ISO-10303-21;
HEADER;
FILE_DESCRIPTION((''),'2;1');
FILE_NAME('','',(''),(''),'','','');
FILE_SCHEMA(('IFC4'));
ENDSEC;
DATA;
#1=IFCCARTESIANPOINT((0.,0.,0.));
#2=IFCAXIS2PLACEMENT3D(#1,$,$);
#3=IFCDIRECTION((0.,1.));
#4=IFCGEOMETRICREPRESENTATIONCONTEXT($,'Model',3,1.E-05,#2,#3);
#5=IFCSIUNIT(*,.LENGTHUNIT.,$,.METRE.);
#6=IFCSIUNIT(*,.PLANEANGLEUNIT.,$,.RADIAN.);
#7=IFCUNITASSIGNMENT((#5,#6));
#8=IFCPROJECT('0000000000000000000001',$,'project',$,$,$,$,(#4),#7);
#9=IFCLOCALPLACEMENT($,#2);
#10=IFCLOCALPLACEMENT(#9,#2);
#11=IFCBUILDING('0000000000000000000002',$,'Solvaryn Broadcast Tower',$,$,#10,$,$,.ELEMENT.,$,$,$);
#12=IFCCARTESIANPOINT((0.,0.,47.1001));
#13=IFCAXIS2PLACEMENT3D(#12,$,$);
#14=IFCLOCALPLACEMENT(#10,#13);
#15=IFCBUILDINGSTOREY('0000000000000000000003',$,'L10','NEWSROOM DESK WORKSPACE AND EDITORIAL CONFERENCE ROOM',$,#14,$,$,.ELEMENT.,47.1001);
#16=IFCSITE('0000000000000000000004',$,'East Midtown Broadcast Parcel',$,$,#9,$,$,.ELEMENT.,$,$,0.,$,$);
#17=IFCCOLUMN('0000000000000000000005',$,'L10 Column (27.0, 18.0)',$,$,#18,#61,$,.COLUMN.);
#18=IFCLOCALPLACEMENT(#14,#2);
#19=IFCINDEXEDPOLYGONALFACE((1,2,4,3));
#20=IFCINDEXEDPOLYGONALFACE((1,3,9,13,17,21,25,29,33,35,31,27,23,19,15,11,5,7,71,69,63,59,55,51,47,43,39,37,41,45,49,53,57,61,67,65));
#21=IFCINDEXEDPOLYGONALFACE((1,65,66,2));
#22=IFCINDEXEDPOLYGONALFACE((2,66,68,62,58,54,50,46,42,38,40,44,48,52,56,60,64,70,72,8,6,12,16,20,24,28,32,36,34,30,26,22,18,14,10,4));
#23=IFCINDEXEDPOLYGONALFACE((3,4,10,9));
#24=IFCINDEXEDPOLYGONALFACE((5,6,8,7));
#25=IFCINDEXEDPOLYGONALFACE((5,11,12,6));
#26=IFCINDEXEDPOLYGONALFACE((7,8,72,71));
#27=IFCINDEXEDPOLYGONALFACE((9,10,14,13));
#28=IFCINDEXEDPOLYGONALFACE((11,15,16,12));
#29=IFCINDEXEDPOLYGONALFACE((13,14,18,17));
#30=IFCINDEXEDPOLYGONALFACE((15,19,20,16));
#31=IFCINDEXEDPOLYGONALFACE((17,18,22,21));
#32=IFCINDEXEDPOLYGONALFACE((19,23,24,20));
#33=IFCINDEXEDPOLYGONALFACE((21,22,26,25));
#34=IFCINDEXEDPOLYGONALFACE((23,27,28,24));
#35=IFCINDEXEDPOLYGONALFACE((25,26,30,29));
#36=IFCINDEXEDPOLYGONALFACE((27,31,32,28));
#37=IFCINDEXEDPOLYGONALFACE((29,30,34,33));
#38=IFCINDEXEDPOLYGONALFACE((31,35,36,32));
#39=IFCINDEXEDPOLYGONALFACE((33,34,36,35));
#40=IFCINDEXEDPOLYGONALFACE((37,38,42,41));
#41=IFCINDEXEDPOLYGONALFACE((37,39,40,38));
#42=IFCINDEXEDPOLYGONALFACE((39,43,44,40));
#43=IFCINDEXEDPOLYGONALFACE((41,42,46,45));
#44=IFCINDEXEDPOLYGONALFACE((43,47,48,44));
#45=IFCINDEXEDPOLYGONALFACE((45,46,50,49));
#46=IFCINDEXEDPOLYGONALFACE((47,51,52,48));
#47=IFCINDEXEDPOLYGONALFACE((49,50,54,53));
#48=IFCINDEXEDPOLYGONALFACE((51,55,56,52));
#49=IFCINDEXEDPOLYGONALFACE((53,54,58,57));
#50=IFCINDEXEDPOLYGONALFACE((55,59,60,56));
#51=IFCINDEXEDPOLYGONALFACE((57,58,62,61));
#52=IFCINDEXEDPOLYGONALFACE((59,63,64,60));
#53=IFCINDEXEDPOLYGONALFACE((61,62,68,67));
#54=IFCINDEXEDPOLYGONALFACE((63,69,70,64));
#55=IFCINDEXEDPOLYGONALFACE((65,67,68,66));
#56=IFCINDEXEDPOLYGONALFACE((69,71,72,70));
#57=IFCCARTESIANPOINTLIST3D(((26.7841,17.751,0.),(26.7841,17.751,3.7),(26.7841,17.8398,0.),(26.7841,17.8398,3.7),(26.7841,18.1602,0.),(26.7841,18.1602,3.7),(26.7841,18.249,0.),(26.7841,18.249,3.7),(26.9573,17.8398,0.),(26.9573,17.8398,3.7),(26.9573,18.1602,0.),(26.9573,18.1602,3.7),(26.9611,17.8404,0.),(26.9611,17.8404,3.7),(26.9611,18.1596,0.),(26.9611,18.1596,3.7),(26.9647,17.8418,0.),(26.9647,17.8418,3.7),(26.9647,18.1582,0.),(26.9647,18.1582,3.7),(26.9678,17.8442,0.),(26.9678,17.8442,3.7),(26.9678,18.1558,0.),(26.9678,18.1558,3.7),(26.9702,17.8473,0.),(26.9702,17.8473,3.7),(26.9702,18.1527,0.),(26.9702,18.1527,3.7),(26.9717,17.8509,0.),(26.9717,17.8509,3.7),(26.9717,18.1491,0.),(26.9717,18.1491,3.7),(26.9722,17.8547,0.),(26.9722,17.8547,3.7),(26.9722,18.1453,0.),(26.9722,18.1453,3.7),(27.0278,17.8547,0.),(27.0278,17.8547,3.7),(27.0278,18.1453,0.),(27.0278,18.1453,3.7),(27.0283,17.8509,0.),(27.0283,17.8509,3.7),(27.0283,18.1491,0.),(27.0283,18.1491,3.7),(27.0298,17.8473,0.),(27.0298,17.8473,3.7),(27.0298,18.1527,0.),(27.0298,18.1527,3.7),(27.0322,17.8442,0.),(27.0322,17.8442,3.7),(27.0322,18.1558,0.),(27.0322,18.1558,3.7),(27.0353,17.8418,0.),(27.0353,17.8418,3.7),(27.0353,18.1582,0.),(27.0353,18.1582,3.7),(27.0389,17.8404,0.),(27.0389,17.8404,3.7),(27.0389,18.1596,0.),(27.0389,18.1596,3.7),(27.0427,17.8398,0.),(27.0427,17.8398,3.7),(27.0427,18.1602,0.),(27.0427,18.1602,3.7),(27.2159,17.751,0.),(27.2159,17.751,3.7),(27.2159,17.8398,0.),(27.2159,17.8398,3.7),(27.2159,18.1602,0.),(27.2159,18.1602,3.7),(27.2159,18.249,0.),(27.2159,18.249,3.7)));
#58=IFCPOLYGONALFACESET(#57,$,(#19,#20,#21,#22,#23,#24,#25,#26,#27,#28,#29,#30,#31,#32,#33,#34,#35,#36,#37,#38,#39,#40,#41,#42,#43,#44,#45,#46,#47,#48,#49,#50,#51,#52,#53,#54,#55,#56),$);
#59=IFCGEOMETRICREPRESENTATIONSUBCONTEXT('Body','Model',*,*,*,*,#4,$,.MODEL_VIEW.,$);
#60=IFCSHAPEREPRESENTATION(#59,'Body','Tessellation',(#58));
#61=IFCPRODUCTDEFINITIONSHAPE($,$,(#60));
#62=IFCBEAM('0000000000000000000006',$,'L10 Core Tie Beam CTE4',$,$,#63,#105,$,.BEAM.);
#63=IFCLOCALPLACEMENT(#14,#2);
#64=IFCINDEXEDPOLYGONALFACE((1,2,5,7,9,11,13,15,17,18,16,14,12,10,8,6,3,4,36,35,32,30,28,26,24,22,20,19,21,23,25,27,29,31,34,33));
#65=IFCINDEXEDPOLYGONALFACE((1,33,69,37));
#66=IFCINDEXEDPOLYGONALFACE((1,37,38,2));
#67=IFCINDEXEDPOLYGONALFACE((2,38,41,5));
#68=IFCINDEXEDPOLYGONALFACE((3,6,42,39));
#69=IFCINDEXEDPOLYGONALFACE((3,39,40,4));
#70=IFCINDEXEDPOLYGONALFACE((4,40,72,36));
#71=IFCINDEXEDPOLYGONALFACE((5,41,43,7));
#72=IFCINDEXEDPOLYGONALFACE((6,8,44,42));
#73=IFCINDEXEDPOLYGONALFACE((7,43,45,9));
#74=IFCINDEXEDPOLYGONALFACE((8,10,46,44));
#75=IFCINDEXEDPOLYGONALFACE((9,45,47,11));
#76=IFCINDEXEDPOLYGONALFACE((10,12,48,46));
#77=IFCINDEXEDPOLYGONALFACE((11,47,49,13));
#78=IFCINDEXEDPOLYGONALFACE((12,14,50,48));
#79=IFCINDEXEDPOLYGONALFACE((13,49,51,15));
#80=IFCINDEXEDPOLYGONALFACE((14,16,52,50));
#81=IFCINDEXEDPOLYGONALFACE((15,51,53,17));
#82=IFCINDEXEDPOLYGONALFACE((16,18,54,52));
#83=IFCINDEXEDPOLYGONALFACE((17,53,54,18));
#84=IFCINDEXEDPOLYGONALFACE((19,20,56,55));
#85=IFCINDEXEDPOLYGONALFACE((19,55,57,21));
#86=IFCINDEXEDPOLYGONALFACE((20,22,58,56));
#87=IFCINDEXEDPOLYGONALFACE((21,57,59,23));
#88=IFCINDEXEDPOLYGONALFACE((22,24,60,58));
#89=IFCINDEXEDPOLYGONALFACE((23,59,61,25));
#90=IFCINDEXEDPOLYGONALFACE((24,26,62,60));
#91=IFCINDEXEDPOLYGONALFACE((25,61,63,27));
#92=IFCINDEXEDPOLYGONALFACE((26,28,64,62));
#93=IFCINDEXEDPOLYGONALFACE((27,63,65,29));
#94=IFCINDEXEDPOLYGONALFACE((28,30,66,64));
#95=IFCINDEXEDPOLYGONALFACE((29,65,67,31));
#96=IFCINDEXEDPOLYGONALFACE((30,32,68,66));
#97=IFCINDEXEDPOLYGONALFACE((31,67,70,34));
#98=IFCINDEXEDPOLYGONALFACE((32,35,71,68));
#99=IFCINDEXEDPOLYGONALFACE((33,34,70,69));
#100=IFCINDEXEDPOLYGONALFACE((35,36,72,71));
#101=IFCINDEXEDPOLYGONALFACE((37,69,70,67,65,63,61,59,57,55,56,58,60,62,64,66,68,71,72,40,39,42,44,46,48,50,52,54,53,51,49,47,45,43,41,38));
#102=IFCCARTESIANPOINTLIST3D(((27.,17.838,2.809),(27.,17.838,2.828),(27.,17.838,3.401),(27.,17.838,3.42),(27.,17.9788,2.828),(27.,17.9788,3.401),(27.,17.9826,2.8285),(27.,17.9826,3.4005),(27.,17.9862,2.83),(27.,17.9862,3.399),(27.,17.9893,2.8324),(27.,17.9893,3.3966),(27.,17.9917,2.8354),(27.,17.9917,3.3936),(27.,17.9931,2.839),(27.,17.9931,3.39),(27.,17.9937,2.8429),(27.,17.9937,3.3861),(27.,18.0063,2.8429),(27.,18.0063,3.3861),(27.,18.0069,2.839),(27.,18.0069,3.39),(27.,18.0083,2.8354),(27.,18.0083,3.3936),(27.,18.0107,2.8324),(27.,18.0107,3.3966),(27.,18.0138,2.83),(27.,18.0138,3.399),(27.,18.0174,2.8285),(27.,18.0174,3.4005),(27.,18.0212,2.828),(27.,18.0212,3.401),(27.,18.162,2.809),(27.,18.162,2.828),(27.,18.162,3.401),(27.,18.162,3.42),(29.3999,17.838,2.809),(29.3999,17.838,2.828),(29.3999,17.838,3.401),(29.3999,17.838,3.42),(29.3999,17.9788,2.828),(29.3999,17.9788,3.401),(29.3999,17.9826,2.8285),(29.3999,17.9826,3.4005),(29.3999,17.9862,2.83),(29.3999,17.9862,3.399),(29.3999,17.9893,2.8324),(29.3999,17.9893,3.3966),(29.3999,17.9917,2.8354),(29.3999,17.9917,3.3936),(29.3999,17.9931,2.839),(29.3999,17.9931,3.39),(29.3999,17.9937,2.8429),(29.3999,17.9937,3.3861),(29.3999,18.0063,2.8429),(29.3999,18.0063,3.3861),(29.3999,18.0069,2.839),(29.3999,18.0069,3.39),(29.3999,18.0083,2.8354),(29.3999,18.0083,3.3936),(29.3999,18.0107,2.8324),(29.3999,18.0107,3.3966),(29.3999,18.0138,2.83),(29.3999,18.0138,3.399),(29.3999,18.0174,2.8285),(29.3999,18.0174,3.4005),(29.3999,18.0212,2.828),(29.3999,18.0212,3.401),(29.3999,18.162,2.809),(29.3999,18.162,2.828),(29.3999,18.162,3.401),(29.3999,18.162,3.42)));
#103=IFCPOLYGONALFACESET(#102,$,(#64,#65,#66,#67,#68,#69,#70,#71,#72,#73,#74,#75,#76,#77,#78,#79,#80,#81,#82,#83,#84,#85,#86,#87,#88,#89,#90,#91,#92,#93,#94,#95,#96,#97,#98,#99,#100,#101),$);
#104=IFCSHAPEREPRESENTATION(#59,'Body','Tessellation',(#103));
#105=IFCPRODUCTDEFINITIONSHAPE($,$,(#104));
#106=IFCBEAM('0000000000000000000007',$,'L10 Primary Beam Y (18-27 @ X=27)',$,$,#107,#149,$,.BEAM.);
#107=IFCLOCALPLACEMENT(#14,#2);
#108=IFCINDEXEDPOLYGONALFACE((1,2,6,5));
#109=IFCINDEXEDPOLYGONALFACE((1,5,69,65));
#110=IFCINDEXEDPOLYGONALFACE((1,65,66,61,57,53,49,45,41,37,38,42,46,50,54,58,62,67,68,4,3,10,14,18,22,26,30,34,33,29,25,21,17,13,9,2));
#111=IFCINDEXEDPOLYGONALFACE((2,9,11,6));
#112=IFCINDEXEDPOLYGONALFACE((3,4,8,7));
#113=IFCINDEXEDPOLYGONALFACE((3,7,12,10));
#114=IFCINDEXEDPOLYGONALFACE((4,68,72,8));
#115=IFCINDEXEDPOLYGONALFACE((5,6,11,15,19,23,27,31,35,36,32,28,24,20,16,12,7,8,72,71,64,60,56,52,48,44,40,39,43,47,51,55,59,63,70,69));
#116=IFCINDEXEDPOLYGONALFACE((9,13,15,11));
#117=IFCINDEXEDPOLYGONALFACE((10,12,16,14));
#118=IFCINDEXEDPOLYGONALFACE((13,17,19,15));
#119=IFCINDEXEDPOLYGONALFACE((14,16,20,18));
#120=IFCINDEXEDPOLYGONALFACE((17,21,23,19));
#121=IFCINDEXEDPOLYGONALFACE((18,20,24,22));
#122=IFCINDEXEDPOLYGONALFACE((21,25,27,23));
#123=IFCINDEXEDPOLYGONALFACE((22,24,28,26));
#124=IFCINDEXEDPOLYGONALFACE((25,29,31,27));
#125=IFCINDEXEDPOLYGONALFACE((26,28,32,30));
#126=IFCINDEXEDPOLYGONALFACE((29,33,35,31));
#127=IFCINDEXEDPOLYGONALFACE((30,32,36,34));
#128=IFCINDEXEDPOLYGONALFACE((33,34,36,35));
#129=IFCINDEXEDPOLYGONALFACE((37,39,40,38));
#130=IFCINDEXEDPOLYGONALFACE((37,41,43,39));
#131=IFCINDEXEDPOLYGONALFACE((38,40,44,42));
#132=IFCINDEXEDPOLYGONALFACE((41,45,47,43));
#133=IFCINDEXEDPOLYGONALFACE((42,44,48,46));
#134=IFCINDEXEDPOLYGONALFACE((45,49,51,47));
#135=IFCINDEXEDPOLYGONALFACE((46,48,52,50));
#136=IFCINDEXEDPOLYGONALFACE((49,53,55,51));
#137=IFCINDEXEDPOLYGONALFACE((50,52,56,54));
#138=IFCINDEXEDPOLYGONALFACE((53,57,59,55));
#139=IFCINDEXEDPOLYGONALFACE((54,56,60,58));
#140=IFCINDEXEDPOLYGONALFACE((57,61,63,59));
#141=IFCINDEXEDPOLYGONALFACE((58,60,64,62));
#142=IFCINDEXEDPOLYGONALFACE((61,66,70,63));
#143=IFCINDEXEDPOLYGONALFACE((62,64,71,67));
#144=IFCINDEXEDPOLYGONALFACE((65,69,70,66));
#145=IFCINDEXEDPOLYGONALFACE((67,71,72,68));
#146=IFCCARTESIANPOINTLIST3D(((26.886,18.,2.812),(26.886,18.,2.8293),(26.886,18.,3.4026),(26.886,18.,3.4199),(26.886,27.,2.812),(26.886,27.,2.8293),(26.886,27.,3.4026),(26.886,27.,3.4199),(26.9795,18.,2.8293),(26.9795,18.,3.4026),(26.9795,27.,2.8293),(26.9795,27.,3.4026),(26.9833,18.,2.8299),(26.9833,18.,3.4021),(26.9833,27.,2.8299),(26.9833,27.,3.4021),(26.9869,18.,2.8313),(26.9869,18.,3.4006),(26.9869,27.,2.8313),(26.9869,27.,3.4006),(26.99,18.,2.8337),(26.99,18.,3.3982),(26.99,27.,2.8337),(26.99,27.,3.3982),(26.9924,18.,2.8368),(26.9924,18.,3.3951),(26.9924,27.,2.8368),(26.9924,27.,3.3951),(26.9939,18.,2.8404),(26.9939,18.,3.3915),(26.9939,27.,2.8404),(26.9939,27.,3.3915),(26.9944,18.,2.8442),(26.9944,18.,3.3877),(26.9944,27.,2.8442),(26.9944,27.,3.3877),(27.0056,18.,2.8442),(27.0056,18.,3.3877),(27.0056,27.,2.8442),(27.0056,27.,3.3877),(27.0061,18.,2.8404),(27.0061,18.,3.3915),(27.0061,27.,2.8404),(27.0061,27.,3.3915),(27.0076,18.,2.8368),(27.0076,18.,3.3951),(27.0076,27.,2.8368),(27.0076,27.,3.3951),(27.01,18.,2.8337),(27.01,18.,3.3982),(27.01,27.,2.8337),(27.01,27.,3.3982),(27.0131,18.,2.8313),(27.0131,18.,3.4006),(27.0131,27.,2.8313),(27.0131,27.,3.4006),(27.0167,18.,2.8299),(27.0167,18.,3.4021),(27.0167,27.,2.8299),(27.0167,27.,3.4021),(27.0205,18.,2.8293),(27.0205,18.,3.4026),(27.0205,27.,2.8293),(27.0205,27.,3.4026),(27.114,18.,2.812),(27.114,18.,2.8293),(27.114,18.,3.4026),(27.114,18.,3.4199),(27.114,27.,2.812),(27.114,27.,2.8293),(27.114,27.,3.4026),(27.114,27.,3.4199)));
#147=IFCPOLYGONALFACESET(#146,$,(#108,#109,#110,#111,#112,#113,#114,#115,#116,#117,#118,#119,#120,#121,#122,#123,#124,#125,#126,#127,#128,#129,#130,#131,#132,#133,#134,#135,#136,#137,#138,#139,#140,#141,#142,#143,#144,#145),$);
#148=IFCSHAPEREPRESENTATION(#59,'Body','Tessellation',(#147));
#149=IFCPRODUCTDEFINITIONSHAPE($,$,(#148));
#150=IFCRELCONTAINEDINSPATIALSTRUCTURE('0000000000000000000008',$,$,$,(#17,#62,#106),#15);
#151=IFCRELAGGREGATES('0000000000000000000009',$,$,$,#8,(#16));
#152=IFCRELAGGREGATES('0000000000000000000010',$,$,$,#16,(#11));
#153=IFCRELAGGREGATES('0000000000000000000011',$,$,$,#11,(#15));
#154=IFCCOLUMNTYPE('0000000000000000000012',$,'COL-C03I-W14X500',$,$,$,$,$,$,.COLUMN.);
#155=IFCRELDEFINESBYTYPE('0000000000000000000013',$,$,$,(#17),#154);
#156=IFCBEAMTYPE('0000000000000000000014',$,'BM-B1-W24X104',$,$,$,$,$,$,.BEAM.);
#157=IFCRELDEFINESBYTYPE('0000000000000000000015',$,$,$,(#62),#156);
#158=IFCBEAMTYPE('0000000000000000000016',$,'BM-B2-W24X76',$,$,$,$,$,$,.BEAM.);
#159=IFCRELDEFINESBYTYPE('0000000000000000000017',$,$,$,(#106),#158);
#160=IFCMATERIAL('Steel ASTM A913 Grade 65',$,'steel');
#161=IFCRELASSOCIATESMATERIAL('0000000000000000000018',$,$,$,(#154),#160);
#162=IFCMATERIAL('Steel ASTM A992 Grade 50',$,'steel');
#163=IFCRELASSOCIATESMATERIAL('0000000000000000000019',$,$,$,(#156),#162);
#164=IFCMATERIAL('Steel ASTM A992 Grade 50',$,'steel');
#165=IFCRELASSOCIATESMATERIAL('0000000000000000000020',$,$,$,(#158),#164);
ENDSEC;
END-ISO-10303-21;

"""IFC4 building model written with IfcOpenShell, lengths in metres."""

from ifc_helpers import new_model, si_unit, direction, frame, origin, origin_2d, place, context, subcontext, project, spatial, i_section, extrude, material, material_profile, profile_set, type_object, element, save


model = new_model("IFC4")

# Units and contexts
model_context = context("Model", 3, precision=1e-05, world=origin(), true_north=direction((0.0, 1.0)))
body_context = subcontext(model_context, "Body", "Model", "MODEL_VIEW")
ifc_project = project(units=[si_unit("LENGTHUNIT", "METRE"), si_unit("PLANEANGLEUNIT", "RADIAN")], contexts=[model_context])

# Site, building, storey
site_placement = place(None, origin())
site = spatial("IfcSite", under=ifc_project, at=site_placement, Name="East Midtown Broadcast Parcel", CompositionType="ELEMENT", RefElevation=0.0)
building_placement = place(site_placement, origin())
building = spatial("IfcBuilding", under=site, at=building_placement, Name="Solvaryn Broadcast Tower", CompositionType="ELEMENT")
storey_placement = place(building_placement, frame((0.0, 0.0, 47.1001)))
storey = spatial("IfcBuildingStorey", under=building, at=storey_placement, Name="L10", Description="NEWSROOM DESK WORKSPACE AND EDITORIAL CONFERENCE ROOM", CompositionType="ELEMENT", Elevation=47.1001)

# Column
ifc_material_1 = material(Name="Steel ASTM A913 Grade 65", Category="steel")
ifc_material_profile_1 = material_profile(ifc_material_1, i_section(OverallWidth=0.4319, OverallDepth=0.498, WebThickness=0.0557, FlangeThickness=0.0889, FilletRadius=0.0149, at=origin_2d()))
ifc_profile_set_1 = profile_set([ifc_material_profile_1], Name="Steel ASTM A913 Grade 65")
column_type = type_object("IfcColumnType", Name="COL-C03I-W14X500", PredefinedType="COLUMN", material=ifc_profile_set_1)
column_placement = place(storey_placement, frame((27.0, 18.0, 0.0), z_axis=(0.0, 0.0, 1.0), x_axis=(1.0, 0.0, 0.0)))
element("IfcColumn", 1, at=column_placement, inside=storey, type_object=column_type, Name="L10 Column (27.0, 18.0)", PredefinedType="COLUMN", context=body_context, shape_type="SweptSolid", body=[
    extrude(i_section(OverallWidth=0.4319, OverallDepth=0.498, WebThickness=0.0557, FlangeThickness=0.0889, FilletRadius=0.0149, at=origin_2d()), origin(), (0.0, 0.0, 1.0), 3.7),
])

# Beams
ifc_material_2 = material(Name="Steel ASTM A992 Grade 50", Category="steel")
ifc_material_profile_2 = material_profile(ifc_material_2, i_section(OverallWidth=0.324, OverallDepth=0.6111, WebThickness=0.0127, FlangeThickness=0.019, FilletRadius=0.0149, at=origin_2d()))
ifc_profile_set_2 = profile_set([ifc_material_profile_2], Name="Steel ASTM A992 Grade 50")
beam_type_1 = type_object("IfcBeamType", Name="BM-B1-W24X104", PredefinedType="BEAM", material=ifc_profile_set_2)
beam_1_placement = place(storey_placement, frame((27.0, 18.0, 3.1145), z_axis=(1.0, 0.0, 0.0), x_axis=(0.0, 1.0, 0.0)))
element("IfcBeam", 2, at=beam_1_placement, inside=storey, type_object=beam_type_1, Name="L10 Core Tie Beam CTE4", PredefinedType="BEAM", context=body_context, shape_type="SweptSolid", body=[
    extrude(i_section(OverallWidth=0.324, OverallDepth=0.6111, WebThickness=0.0127, FlangeThickness=0.019, FilletRadius=0.0149, at=origin_2d()), origin(), (0.0, 0.0, 1.0), 2.3999),
])
ifc_material_3 = material(Name="Steel ASTM A992 Grade 50", Category="steel")
ifc_material_profile_3 = material_profile(ifc_material_3, i_section(OverallWidth=0.228, OverallDepth=0.6079, WebThickness=0.0112, FlangeThickness=0.0173, FilletRadius=0.0149, at=origin_2d()))
ifc_profile_set_3 = profile_set([ifc_material_profile_3], Name="Steel ASTM A992 Grade 50")
beam_type_2 = type_object("IfcBeamType", Name="BM-B2-W24X76", PredefinedType="BEAM", material=ifc_profile_set_3)
beam_2_placement = place(storey_placement, frame((27.0, 18.0, 3.116), z_axis=(0.0, 1.0, 0.0), x_axis=(-1.0, 0.0, 0.0)))
element("IfcBeam", 3, at=beam_2_placement, inside=storey, type_object=beam_type_2, Name="L10 Primary Beam Y (18-27 @ X=27)", PredefinedType="BEAM", context=body_context, shape_type="SweptSolid", body=[
    extrude(i_section(OverallWidth=0.228, OverallDepth=0.6079, WebThickness=0.0112, FlangeThickness=0.0173, FilletRadius=0.0149, at=origin_2d()), origin(), (0.0, 0.0, 1.0), 9.0),
])

save(model, "model.ifc")
